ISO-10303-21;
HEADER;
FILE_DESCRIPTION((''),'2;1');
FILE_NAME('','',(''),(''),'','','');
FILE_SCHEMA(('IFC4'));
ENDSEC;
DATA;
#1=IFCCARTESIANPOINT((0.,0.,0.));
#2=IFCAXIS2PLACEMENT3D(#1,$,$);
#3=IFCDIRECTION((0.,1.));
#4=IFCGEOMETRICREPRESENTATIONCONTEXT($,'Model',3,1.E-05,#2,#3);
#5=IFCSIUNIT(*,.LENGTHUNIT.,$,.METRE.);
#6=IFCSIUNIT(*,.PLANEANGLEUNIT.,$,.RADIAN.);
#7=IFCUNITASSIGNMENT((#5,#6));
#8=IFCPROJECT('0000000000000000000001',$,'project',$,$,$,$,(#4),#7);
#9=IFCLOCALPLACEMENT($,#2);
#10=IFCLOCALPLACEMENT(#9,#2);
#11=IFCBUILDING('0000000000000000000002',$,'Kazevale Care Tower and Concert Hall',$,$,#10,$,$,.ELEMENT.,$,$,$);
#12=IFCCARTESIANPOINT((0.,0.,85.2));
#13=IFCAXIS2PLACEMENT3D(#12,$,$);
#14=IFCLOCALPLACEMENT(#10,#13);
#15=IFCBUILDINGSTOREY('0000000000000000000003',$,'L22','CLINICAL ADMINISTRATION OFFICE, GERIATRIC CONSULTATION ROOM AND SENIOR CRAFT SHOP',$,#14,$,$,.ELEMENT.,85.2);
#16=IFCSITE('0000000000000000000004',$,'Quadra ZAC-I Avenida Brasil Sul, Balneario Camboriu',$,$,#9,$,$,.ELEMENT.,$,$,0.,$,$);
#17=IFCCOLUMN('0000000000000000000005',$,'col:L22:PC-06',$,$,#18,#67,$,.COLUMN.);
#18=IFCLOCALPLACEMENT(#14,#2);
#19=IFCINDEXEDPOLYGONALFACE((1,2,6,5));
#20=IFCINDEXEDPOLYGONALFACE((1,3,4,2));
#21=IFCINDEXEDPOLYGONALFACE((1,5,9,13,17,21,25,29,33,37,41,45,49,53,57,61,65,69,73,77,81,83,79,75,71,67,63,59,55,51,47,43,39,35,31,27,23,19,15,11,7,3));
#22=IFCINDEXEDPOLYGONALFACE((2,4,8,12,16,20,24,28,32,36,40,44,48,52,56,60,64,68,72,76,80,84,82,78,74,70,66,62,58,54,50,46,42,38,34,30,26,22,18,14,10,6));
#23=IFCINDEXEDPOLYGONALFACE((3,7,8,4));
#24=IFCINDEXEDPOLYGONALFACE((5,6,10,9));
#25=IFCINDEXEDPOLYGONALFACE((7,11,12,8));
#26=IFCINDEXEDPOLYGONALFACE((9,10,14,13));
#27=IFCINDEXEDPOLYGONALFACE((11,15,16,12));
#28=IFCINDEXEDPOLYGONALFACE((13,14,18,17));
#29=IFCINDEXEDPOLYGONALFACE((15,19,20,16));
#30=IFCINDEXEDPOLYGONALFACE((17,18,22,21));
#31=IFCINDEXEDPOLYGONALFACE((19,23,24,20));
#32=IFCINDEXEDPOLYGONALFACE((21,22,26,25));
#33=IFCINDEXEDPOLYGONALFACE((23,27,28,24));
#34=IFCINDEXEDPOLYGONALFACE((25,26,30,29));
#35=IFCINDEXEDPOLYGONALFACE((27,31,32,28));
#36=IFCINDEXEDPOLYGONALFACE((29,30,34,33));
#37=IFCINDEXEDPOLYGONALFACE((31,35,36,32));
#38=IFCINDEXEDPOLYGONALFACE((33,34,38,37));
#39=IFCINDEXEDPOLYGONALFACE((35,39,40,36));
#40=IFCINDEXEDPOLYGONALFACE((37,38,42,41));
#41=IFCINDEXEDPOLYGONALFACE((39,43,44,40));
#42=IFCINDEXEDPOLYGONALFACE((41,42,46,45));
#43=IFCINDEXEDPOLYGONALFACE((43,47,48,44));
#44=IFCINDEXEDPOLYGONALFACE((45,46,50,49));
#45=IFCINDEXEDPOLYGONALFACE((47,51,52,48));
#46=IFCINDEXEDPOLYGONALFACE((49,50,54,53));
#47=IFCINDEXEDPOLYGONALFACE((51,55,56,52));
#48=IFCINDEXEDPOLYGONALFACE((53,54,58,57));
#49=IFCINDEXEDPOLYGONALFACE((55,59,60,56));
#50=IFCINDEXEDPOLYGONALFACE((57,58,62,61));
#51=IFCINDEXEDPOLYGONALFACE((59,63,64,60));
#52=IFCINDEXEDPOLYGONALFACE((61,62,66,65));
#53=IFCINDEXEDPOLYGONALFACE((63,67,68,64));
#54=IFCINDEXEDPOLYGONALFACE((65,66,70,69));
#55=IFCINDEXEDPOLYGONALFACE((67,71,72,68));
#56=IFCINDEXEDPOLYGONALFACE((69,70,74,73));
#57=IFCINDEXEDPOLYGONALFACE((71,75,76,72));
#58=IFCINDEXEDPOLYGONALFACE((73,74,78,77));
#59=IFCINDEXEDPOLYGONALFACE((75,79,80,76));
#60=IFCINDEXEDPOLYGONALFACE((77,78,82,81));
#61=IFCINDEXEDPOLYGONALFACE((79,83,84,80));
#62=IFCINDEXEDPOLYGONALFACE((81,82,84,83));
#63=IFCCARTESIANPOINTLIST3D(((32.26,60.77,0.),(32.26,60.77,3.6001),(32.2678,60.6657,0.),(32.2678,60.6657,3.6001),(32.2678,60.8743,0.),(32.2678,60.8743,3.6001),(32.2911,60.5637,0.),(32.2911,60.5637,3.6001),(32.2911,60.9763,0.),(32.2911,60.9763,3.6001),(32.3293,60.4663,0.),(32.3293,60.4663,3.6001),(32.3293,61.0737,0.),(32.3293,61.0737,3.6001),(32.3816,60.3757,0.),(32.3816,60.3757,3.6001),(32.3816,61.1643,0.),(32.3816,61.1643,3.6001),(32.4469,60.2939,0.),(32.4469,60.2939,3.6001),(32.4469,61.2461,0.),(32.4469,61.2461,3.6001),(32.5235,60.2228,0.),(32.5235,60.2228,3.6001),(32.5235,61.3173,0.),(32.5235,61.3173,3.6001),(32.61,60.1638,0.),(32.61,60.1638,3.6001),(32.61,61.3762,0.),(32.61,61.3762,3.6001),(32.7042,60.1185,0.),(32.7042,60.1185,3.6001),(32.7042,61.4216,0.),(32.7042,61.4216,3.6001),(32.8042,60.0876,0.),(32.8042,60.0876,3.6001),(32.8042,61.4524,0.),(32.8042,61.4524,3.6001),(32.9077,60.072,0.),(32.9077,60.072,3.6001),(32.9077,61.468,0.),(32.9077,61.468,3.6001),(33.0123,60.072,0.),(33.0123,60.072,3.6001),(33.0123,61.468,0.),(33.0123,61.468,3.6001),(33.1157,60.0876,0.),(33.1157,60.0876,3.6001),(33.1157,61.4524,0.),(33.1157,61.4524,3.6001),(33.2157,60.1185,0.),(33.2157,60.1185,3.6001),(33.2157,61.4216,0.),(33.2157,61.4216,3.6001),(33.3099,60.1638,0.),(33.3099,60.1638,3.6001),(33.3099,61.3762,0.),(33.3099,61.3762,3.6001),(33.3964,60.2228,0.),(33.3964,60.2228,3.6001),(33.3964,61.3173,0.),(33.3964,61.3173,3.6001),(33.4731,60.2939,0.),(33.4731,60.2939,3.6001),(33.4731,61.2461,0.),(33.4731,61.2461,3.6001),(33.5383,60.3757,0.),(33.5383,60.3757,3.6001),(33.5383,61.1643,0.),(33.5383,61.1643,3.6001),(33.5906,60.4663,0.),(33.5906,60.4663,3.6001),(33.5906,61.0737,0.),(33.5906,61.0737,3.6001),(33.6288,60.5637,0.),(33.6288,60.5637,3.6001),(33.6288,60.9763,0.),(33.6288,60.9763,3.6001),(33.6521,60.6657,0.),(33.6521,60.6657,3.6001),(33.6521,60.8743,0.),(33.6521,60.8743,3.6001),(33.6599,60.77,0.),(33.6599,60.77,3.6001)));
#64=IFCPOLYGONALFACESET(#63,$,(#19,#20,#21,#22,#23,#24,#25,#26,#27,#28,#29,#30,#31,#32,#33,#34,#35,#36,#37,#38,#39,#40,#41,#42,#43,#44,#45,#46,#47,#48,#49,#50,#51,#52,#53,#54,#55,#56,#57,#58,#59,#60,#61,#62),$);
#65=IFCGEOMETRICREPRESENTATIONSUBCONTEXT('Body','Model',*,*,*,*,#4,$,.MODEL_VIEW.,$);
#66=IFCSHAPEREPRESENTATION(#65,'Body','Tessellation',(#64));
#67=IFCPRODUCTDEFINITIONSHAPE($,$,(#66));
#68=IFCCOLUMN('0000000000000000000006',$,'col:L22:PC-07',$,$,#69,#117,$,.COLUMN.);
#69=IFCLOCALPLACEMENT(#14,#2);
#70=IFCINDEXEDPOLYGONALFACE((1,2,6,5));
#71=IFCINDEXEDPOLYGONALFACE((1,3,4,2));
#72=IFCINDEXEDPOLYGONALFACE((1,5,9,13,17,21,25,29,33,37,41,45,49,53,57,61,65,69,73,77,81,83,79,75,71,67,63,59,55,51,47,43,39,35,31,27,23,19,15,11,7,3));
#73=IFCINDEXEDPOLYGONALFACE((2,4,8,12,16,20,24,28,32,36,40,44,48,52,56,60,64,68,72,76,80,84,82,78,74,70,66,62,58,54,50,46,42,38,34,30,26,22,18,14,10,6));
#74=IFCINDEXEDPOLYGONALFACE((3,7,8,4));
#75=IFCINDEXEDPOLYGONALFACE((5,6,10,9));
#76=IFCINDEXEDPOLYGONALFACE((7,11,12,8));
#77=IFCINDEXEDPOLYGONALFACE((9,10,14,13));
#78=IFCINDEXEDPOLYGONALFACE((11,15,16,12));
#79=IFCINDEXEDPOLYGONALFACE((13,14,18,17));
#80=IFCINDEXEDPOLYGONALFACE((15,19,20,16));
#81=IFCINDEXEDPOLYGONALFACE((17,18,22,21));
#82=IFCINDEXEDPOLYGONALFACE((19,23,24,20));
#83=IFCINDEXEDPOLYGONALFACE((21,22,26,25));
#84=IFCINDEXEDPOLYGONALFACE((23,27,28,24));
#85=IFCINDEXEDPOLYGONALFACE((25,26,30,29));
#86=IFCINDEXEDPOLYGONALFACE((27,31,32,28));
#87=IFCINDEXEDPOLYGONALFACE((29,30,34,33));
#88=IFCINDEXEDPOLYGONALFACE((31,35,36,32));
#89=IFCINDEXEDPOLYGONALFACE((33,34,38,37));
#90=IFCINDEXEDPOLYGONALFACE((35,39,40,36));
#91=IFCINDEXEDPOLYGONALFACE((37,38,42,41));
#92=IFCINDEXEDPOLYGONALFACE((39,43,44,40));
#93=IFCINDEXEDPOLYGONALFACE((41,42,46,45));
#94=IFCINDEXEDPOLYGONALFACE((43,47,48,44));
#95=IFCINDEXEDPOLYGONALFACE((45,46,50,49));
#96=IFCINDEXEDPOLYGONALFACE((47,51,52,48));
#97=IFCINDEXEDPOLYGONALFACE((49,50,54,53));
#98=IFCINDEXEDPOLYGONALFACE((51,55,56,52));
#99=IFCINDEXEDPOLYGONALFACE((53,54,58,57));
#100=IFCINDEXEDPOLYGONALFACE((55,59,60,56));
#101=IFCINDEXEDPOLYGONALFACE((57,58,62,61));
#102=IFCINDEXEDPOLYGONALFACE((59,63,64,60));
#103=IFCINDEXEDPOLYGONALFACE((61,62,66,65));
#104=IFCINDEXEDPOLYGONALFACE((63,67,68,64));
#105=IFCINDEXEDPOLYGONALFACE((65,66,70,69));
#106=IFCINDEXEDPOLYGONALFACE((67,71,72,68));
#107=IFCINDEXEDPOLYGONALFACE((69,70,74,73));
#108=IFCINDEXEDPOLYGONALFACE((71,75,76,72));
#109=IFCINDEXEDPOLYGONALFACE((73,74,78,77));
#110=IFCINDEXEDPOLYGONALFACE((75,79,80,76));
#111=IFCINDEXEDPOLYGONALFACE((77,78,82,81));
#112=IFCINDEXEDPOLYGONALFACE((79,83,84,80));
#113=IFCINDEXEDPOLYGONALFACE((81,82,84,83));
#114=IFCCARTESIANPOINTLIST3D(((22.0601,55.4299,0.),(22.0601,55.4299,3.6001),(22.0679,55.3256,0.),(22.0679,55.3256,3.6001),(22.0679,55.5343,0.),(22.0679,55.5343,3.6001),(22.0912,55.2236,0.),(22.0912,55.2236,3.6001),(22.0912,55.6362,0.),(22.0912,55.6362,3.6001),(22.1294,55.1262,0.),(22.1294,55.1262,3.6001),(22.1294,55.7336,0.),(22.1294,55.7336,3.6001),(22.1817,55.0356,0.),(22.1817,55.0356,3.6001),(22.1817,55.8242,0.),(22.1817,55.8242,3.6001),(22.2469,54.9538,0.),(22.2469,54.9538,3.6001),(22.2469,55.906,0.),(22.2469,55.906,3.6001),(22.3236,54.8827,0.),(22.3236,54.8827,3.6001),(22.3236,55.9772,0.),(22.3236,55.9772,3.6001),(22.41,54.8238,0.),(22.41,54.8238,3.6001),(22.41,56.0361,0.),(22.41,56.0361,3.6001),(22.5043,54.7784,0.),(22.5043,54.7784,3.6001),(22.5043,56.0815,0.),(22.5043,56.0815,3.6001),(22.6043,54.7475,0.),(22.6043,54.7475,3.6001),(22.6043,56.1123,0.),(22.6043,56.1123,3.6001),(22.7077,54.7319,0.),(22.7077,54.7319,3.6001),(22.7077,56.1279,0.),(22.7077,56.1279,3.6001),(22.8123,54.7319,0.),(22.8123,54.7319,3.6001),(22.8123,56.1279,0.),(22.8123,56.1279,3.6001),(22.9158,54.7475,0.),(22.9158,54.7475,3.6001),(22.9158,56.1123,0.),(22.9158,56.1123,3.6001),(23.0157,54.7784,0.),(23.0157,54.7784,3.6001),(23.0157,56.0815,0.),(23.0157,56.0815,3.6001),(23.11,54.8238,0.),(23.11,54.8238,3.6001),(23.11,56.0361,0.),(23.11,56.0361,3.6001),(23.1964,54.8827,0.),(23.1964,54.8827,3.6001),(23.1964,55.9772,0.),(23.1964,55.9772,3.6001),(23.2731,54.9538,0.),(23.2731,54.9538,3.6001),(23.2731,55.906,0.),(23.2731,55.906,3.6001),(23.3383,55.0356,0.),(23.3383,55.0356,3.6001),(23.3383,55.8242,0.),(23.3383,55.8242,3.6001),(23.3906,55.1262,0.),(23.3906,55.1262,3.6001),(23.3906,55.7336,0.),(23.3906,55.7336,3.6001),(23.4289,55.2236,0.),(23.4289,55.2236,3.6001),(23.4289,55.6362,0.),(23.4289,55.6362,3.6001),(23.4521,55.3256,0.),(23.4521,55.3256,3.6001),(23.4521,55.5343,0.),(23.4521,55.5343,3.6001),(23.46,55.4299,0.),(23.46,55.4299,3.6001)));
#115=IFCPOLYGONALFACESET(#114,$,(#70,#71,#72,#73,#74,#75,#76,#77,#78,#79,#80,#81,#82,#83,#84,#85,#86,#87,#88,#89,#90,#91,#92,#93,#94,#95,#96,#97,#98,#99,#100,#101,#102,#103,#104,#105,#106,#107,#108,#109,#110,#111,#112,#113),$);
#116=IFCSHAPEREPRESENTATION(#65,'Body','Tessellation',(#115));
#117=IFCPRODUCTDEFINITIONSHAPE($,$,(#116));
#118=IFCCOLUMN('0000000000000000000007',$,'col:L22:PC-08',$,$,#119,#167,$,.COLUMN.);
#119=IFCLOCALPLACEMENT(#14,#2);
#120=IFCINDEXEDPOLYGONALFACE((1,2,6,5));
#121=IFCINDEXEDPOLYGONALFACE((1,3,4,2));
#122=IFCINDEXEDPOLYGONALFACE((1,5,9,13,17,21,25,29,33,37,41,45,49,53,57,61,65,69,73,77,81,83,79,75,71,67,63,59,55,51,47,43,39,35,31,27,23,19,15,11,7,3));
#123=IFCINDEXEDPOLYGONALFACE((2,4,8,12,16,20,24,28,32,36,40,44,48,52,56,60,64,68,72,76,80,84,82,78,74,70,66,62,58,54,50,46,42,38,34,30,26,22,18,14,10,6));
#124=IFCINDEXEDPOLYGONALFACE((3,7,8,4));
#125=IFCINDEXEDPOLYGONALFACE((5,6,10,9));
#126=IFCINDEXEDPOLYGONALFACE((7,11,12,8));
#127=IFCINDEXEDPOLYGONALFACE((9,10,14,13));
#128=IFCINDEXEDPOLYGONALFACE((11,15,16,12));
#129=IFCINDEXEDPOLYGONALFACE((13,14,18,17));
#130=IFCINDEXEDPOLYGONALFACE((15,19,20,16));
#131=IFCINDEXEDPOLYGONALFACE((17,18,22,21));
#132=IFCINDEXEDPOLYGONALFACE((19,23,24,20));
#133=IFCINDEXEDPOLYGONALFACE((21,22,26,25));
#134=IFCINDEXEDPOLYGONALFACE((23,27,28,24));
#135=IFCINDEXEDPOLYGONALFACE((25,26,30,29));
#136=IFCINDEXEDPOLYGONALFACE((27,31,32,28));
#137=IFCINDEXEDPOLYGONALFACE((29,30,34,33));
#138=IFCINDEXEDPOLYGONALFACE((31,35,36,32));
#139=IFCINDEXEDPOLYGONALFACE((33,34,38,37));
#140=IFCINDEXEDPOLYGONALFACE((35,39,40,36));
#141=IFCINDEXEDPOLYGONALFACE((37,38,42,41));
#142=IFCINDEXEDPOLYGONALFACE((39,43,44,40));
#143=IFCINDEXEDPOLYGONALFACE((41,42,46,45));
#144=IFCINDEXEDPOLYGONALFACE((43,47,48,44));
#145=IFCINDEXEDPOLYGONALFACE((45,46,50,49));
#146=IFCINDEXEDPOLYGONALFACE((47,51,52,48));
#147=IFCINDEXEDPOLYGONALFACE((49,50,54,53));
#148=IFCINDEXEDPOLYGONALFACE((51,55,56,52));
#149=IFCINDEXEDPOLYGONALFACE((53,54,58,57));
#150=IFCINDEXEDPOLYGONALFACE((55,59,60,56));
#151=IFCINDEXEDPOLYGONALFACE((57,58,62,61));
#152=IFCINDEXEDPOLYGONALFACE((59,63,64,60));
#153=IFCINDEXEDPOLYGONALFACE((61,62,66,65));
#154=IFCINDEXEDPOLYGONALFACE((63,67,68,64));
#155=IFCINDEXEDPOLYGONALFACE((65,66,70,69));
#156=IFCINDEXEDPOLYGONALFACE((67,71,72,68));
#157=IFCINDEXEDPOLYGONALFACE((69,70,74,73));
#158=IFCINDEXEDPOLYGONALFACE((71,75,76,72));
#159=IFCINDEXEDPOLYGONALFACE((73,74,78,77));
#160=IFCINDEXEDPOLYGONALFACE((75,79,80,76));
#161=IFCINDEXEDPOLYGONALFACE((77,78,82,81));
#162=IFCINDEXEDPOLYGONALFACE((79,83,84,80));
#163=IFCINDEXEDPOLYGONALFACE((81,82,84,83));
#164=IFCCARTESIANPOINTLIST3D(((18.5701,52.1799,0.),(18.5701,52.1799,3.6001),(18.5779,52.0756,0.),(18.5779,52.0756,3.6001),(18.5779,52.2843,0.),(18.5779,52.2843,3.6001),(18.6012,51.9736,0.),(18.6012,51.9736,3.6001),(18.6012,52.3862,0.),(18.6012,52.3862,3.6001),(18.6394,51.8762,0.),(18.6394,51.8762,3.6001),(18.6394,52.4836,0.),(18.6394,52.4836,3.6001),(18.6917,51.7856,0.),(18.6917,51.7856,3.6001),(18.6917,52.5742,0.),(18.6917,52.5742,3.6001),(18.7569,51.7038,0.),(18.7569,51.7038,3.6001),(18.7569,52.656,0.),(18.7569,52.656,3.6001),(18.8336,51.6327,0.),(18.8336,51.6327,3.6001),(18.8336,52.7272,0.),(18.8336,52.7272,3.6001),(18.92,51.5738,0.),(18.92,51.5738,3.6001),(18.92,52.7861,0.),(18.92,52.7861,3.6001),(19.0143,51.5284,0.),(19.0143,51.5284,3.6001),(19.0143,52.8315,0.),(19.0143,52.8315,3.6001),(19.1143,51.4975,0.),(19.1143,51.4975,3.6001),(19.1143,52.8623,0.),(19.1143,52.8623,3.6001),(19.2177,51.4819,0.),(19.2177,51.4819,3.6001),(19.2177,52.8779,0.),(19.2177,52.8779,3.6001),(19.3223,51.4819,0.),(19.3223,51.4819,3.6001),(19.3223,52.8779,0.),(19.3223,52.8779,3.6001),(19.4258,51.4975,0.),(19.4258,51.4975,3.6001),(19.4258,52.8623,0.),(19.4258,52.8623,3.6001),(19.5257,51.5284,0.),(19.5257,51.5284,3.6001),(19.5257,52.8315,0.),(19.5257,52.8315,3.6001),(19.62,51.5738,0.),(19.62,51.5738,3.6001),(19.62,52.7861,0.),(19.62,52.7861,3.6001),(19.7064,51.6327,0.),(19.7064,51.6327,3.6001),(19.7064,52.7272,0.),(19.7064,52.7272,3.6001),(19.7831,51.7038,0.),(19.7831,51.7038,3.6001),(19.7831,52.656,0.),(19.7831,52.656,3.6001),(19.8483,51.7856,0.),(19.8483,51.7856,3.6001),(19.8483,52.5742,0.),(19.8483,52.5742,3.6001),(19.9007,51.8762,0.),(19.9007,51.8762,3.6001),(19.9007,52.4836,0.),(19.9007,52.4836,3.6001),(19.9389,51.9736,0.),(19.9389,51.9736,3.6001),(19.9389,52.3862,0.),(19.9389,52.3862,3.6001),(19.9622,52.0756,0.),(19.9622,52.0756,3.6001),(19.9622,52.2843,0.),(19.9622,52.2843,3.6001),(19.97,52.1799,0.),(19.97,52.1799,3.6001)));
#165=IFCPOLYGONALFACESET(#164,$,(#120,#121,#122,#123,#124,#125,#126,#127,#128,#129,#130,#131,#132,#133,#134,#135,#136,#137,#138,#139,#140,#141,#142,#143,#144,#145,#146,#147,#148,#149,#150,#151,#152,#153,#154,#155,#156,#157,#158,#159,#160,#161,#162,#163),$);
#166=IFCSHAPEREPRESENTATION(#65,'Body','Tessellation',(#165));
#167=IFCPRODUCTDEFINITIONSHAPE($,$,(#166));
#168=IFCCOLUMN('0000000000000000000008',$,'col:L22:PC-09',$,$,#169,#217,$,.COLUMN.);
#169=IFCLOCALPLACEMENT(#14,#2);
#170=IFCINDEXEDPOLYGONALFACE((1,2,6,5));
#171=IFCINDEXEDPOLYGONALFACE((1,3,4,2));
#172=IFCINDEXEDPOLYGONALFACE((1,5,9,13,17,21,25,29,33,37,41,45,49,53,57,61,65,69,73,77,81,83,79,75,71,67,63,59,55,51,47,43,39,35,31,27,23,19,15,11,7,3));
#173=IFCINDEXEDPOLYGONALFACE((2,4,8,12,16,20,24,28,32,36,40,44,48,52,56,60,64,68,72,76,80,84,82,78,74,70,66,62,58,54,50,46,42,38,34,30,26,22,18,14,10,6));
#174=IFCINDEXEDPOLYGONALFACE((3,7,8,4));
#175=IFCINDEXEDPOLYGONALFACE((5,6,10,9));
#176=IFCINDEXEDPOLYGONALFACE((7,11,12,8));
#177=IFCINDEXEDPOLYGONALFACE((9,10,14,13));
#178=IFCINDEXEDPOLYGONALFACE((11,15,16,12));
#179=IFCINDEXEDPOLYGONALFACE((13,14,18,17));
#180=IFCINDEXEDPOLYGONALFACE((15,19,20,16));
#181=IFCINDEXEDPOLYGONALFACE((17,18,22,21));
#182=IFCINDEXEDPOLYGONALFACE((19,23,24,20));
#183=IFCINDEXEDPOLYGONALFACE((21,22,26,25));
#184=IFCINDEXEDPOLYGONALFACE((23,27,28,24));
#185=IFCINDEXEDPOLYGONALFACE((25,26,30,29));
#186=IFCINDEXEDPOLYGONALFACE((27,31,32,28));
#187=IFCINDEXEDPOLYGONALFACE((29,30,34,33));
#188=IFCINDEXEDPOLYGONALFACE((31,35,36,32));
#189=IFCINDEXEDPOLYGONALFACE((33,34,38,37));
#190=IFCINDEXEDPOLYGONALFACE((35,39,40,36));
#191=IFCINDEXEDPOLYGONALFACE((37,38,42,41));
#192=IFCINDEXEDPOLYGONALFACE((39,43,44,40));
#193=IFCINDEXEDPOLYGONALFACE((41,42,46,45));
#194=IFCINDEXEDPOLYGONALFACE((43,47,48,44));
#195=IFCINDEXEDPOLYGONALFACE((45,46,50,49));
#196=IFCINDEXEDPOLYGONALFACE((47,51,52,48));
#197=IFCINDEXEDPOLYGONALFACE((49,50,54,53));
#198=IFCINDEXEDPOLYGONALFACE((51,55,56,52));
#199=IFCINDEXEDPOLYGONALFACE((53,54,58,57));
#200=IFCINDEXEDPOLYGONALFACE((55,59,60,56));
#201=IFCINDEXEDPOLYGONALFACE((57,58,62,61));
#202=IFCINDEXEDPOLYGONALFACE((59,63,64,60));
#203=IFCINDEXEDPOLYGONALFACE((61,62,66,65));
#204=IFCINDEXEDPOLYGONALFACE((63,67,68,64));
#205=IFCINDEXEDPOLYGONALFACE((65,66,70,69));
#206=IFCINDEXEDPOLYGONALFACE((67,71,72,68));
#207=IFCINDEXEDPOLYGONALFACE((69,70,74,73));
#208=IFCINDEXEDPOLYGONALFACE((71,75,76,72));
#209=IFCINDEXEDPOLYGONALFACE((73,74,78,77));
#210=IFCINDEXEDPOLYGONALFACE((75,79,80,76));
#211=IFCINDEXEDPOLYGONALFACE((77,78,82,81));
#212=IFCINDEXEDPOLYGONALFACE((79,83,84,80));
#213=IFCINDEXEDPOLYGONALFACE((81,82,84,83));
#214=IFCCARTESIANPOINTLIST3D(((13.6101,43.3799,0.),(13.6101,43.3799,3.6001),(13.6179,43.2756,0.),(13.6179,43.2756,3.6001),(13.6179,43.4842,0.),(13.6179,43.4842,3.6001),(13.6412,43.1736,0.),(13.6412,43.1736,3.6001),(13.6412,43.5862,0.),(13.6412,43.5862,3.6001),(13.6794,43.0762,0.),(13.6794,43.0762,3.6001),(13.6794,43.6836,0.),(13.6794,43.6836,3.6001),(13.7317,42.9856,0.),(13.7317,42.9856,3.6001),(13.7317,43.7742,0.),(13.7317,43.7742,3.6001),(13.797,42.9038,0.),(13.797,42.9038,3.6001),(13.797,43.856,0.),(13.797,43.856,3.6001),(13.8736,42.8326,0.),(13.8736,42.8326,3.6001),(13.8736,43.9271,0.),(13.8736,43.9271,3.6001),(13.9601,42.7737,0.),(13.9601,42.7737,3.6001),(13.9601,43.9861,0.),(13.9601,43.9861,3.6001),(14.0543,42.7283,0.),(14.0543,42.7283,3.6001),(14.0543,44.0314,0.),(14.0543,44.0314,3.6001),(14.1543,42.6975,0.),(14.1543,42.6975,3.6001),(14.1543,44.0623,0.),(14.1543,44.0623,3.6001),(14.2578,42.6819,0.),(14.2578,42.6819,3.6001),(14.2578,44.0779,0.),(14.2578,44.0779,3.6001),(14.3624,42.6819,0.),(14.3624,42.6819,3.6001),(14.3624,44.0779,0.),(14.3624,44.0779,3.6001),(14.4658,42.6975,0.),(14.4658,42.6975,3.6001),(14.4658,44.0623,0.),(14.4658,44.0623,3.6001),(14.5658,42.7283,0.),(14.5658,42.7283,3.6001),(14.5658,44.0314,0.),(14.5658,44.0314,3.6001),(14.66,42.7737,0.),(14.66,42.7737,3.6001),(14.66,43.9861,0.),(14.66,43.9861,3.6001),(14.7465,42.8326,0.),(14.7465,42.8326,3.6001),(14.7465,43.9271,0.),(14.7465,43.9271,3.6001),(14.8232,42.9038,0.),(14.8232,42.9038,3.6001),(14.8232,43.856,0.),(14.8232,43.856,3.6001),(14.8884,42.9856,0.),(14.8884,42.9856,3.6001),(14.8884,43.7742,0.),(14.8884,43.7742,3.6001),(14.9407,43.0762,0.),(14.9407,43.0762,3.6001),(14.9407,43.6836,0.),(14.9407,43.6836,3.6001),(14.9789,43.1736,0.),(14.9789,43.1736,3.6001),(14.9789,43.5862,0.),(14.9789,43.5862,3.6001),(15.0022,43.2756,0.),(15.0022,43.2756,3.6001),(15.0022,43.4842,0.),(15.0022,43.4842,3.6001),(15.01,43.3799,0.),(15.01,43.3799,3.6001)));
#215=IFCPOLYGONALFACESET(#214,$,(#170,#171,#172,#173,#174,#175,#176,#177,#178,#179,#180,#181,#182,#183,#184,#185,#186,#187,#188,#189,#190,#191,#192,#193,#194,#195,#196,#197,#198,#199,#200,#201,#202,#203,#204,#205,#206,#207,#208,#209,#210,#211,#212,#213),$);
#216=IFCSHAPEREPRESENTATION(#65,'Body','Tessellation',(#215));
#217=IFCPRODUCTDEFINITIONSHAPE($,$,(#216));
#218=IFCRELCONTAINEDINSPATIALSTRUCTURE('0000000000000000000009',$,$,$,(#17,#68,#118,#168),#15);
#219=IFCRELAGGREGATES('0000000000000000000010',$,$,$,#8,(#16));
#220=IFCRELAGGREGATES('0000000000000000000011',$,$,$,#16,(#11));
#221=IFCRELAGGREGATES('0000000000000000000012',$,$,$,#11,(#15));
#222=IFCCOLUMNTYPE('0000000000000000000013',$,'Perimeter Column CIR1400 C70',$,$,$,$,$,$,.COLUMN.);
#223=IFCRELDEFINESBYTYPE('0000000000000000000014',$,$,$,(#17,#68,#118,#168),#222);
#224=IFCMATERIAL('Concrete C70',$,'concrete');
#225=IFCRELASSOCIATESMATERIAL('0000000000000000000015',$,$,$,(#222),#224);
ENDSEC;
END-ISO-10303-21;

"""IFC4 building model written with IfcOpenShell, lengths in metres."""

from ifc_helpers import new_model, si_unit, direction, frame, origin, origin_2d, place, context, subcontext, project, spatial, circle, extrude, material, material_profile, profile_set, type_object, element, save


model = new_model("IFC4")

# Units and contexts
model_context = context("Model", 3, precision=1e-05, world=origin(), true_north=direction((0.0, 1.0)))
body_context = subcontext(model_context, "Body", "Model", "MODEL_VIEW")
ifc_project = project(units=[si_unit("LENGTHUNIT", "METRE"), si_unit("PLANEANGLEUNIT", "RADIAN")], contexts=[model_context])

# Site, building, storey
site_placement = place(None, origin())
site = spatial("IfcSite", under=ifc_project, at=site_placement, Name="Quadra ZAC-I Avenida Brasil Sul, Balneario Camboriu", CompositionType="ELEMENT", RefElevation=0.0)
building_placement = place(site_placement, origin())
building = spatial("IfcBuilding", under=site, at=building_placement, Name="Kazevale Care Tower and Concert Hall", CompositionType="ELEMENT")
storey_placement = place(building_placement, frame((0.0, 0.0, 85.2)))
storey = spatial("IfcBuildingStorey", under=building, at=storey_placement, Name="L22", Description="CLINICAL ADMINISTRATION OFFICE, GERIATRIC CONSULTATION ROOM AND SENIOR CRAFT SHOP", CompositionType="ELEMENT", Elevation=85.2)

# Columns
ifc_material_1 = material(Name="Concrete C70", Category="concrete")
ifc_material_profile_1 = material_profile(ifc_material_1, circle(Radius=0.7, at=origin_2d()), Name="RC-CIR1400")
ifc_profile_set_1 = profile_set([ifc_material_profile_1], Name="Concrete C70")
column_type = type_object("IfcColumnType", Name="Perimeter Column CIR1400 C70", PredefinedType="COLUMN", material=ifc_profile_set_1)
for number, where, z_axis, x_axis, name in (
    (1, (32.96, 60.77, 0.0), (0.0, 0.0, 1.0), (1.0, 0.0, 0.0), "col:L22:PC-06"),
    (2, (22.76, 55.4299, 0.0), (0.0, 0.0, 1.0), (1.0, 0.0, 0.0), "col:L22:PC-07"),
    (3, (19.27, 52.1799, 0.0), (0.0, 0.0, 1.0), (1.0, 0.0, 0.0), "col:L22:PC-08"),
    (4, (14.3101, 43.3799, 0.0), (0.0, 0.0, 1.0), (1.0, 0.0, 0.0), "col:L22:PC-09"),
):
    element("IfcColumn", number, at=place(storey_placement, frame(where, z_axis=z_axis, x_axis=x_axis)), inside=storey, type_object=column_type, Name=name, PredefinedType="COLUMN", context=body_context, shape_type="SweptSolid", body=[
        extrude(circle(Radius=0.7, at=origin_2d()), origin(), (0.0, 0.0, 1.0), 3.6001),
    ])

save(model, "model.ifc")
